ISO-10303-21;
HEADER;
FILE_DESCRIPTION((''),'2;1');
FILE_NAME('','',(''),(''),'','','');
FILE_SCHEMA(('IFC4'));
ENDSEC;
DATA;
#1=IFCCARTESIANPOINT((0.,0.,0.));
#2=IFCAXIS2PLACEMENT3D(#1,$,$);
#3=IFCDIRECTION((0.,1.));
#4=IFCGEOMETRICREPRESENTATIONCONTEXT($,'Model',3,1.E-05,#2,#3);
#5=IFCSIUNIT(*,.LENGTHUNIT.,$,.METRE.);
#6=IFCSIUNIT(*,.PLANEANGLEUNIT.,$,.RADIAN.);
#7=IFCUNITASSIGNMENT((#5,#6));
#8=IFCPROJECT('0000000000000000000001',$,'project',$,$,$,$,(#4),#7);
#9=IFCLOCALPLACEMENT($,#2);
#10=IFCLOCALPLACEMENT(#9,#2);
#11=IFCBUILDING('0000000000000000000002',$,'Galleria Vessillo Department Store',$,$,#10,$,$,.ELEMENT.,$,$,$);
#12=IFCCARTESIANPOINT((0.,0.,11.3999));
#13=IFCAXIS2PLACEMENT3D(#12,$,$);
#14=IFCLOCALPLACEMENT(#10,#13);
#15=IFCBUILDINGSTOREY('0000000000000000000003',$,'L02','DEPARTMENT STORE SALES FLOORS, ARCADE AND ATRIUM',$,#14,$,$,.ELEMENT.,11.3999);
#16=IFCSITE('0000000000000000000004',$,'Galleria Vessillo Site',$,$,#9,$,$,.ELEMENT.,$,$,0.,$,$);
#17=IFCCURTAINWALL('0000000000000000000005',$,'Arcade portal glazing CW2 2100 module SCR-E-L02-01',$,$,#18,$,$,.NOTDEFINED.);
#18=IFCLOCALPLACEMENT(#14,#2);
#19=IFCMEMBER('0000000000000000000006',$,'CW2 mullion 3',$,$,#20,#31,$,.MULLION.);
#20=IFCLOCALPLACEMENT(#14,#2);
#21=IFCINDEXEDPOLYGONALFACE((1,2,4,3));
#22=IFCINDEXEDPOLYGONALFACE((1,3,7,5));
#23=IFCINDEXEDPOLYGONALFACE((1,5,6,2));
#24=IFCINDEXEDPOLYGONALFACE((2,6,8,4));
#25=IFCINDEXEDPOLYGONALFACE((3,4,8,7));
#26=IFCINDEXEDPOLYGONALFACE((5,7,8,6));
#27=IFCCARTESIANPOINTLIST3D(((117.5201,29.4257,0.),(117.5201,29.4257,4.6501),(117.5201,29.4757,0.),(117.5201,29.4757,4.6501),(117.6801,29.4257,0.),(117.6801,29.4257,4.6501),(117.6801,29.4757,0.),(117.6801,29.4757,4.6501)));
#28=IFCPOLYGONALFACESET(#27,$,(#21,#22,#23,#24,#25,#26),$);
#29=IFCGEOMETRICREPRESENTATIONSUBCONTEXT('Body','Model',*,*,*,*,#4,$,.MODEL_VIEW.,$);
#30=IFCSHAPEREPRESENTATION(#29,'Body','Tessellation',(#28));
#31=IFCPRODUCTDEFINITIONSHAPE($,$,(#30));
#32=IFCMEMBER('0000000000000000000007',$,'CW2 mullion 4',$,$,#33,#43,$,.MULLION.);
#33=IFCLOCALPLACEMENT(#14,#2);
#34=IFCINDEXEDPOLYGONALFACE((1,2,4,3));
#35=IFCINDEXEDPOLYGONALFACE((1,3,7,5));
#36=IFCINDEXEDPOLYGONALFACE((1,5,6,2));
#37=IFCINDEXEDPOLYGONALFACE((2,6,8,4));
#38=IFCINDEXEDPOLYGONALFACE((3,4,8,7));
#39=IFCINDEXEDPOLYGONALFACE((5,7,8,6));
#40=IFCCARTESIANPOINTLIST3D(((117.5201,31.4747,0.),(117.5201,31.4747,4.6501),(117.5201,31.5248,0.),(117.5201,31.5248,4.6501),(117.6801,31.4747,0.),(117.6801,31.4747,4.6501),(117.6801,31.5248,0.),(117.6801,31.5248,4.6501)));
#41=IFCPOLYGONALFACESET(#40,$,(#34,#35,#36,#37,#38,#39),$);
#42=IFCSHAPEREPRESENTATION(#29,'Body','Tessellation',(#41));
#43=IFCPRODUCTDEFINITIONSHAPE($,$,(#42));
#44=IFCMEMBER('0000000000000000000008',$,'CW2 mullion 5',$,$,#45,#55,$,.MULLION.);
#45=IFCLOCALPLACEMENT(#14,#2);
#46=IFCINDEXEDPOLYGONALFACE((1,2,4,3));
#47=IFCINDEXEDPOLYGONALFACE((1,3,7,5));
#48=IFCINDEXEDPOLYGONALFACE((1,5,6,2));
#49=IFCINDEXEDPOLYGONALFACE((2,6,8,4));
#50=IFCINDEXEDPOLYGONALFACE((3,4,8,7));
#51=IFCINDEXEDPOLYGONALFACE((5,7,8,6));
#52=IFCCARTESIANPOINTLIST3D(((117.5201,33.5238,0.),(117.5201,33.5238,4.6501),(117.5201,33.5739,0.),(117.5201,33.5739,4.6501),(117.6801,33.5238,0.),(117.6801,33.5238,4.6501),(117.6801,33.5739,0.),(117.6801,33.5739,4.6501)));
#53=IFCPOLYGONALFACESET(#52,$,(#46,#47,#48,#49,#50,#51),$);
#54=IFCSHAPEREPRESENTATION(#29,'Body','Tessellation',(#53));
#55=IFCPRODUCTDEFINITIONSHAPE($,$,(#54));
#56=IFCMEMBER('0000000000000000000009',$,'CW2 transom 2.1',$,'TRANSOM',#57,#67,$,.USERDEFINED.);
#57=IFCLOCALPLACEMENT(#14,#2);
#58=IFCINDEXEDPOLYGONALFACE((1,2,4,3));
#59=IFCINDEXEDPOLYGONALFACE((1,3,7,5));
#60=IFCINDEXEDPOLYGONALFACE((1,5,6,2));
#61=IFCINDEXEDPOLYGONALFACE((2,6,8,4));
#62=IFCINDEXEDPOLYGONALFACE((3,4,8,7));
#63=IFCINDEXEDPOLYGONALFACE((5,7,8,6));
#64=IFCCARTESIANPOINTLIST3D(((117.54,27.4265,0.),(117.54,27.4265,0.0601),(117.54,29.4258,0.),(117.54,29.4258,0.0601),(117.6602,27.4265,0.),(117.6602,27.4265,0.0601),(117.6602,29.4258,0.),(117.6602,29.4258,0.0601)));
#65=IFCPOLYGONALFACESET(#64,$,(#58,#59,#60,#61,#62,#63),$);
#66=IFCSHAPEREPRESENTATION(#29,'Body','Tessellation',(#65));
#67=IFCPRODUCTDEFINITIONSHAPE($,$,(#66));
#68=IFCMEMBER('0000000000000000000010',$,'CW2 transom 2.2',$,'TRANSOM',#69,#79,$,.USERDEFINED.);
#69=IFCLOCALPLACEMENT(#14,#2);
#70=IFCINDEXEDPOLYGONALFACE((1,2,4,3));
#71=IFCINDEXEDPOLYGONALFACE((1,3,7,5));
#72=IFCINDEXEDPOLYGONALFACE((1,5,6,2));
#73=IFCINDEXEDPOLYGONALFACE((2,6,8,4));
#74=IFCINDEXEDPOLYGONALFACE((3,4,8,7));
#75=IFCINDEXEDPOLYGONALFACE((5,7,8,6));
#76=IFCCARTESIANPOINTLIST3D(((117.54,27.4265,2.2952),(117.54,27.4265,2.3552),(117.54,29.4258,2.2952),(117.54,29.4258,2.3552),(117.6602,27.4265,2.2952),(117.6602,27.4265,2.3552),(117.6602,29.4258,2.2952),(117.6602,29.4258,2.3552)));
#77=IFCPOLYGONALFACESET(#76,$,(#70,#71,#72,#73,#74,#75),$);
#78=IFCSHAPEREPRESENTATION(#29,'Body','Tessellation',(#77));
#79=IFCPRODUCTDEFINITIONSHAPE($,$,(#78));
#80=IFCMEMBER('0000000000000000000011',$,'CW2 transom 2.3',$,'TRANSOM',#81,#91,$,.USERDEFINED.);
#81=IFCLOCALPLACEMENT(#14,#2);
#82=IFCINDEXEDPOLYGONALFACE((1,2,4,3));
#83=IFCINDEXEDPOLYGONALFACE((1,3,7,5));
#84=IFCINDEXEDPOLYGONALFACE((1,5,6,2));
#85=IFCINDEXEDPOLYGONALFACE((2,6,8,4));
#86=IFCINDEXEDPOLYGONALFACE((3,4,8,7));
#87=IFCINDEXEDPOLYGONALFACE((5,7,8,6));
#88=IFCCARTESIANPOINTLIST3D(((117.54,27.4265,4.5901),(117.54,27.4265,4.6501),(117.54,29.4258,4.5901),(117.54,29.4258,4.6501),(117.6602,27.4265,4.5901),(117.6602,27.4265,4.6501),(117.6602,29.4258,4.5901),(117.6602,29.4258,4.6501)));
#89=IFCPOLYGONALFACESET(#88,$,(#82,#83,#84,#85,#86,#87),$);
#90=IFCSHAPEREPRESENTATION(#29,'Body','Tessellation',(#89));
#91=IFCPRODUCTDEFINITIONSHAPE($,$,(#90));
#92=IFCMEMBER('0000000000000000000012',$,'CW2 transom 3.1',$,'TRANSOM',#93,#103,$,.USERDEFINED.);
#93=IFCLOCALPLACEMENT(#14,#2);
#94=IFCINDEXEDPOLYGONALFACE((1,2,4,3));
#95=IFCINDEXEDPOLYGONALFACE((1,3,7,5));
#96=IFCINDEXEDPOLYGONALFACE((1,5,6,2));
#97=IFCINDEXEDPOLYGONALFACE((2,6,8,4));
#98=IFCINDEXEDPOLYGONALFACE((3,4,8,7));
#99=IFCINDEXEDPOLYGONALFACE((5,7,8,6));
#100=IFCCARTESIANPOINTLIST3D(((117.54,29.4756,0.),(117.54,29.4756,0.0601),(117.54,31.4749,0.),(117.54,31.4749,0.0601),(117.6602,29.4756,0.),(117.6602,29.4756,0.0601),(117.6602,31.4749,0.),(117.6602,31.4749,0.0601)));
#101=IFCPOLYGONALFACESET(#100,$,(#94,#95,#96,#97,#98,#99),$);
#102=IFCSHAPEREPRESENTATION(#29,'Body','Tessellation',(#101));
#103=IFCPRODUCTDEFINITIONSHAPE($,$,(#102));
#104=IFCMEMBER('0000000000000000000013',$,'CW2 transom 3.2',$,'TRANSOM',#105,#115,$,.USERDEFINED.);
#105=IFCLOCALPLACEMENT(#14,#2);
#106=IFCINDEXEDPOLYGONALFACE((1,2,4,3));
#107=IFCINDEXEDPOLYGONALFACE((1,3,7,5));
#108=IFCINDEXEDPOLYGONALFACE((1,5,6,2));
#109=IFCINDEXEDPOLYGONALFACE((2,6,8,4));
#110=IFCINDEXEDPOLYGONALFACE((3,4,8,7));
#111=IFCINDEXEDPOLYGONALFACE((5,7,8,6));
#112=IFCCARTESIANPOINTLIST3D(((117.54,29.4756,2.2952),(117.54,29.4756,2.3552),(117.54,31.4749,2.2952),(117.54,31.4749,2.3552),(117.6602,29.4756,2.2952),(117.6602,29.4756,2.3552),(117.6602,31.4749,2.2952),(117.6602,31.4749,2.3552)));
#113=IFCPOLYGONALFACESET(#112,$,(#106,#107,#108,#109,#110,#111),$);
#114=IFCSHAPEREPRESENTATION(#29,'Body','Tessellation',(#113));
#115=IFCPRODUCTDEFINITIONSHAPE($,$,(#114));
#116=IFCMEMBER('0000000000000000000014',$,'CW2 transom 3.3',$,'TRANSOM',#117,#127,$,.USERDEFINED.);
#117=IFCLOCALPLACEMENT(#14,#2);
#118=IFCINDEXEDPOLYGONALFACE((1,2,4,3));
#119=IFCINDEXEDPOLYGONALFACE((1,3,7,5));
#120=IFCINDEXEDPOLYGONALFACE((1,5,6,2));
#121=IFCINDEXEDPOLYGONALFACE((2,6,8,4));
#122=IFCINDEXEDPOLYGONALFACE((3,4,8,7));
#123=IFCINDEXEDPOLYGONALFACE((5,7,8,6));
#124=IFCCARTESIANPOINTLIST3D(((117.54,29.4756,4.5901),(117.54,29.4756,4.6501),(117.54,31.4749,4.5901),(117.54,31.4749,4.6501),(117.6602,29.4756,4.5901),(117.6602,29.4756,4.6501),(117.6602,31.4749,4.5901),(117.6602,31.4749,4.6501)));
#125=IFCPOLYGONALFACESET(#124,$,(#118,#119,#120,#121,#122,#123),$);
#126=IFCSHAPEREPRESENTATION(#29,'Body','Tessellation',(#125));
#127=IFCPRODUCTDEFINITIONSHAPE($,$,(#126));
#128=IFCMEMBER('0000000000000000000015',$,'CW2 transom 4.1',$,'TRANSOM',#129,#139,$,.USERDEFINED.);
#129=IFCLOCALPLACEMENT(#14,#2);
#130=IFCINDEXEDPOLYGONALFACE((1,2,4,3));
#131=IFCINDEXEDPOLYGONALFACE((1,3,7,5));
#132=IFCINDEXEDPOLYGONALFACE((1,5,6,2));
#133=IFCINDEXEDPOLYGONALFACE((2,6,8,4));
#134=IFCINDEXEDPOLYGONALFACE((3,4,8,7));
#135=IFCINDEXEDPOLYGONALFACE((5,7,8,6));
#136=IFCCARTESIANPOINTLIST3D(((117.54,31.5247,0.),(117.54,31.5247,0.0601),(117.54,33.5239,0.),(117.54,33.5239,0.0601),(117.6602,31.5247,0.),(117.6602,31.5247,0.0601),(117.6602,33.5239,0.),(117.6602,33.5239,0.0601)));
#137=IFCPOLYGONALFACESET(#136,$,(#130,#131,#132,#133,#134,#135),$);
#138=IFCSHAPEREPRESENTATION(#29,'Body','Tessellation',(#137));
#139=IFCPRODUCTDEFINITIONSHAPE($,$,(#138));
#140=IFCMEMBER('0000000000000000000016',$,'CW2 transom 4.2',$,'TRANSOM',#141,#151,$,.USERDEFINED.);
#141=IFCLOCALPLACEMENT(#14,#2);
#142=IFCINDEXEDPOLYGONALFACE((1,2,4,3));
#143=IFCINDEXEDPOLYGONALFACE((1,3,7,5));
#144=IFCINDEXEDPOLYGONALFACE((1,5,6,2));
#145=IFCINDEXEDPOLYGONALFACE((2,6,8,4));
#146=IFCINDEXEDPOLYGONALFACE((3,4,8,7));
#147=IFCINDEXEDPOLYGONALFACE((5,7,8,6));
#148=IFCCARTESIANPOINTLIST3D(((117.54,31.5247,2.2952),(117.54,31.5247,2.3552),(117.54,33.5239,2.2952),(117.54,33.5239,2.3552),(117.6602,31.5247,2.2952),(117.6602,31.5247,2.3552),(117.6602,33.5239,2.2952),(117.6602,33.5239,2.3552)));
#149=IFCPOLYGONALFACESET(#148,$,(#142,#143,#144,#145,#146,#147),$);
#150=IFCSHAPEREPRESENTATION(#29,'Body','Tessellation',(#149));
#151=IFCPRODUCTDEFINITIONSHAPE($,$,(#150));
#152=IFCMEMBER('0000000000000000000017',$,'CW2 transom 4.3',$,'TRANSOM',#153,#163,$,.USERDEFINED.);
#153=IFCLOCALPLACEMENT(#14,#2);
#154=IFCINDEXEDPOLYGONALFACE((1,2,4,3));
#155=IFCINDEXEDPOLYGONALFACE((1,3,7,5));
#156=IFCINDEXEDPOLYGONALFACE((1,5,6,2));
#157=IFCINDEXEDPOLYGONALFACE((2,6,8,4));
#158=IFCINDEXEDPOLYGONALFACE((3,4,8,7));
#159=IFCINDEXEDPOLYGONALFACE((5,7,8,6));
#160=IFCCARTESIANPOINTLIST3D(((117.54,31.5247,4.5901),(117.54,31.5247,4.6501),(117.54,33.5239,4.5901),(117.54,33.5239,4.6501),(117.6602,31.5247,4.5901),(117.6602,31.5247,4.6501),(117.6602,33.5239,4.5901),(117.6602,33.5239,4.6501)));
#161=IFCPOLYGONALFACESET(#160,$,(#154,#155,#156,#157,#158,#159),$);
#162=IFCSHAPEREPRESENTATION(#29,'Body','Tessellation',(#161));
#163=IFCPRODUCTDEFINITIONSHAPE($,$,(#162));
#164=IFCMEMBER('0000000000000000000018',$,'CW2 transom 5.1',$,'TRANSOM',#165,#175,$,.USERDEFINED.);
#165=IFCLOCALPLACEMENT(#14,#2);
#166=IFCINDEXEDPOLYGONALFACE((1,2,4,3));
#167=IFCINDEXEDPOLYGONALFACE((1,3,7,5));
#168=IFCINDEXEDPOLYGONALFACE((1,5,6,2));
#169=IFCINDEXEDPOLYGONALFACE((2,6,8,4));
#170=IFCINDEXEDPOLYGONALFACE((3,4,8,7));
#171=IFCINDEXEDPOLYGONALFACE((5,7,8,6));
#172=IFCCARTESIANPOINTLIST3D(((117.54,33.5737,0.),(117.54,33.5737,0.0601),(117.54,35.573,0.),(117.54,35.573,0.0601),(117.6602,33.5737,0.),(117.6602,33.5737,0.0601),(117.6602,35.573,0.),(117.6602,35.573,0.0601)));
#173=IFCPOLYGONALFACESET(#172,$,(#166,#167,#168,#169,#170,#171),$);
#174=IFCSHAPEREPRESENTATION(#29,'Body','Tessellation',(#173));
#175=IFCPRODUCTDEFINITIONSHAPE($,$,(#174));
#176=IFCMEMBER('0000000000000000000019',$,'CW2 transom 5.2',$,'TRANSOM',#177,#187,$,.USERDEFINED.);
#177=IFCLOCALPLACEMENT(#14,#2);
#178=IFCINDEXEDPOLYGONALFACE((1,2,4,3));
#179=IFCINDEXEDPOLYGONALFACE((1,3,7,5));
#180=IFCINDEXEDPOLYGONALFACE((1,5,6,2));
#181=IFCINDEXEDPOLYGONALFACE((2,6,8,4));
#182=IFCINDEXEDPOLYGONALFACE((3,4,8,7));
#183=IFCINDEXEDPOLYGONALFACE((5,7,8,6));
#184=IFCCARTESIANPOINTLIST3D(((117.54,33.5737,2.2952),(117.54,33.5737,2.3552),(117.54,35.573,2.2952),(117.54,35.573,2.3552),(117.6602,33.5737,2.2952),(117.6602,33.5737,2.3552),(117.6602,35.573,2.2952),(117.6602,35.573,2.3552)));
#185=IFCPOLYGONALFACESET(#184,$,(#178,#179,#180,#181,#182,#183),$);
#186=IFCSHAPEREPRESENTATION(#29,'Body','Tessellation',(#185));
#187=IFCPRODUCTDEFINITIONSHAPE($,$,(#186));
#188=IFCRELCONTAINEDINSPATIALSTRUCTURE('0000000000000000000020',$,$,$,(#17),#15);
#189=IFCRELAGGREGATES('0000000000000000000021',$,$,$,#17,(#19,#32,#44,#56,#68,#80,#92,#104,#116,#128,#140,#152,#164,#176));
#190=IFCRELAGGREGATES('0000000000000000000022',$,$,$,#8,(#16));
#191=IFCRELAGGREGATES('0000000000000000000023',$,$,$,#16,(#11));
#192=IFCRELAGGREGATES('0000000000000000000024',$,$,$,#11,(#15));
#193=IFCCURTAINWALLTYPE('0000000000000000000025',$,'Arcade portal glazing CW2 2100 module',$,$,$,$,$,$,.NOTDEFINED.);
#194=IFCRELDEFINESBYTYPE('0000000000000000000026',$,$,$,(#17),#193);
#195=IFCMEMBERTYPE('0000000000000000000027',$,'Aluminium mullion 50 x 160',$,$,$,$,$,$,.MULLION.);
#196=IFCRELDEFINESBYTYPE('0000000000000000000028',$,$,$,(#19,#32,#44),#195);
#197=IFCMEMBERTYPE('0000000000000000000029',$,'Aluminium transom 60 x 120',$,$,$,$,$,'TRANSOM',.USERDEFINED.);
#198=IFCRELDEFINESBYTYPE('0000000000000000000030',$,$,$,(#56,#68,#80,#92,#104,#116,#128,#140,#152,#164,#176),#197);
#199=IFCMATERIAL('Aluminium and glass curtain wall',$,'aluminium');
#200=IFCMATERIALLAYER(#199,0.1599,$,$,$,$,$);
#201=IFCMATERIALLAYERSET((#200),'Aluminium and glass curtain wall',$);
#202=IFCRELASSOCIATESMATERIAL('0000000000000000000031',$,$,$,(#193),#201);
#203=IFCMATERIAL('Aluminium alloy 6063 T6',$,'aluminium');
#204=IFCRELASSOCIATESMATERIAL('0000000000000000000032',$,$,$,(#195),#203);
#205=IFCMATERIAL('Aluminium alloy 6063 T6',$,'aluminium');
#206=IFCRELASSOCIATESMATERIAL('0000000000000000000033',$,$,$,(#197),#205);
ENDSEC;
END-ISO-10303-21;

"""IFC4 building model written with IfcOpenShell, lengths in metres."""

from ifc_helpers import new_model, si_unit, direction, frame, origin, origin_2d, place, context, subcontext, project, spatial, rectangle, extrude, material, layer, layer_set, material_profile, profile_set, type_object, element, aggregate, save


model = new_model("IFC4")

# Units and contexts
model_context = context("Model", 3, precision=1e-05, world=origin(), true_north=direction((0.0, 1.0)))
body_context = subcontext(model_context, "Body", "Model", "MODEL_VIEW")
ifc_project = project(units=[si_unit("LENGTHUNIT", "METRE"), si_unit("PLANEANGLEUNIT", "RADIAN")], contexts=[model_context])

# Site, building, storey
site_placement = place(None, origin())
site = spatial("IfcSite", under=ifc_project, at=site_placement, Name="Galleria Vessillo Site", CompositionType="ELEMENT", RefElevation=0.0)
building_placement = place(site_placement, origin())
building = spatial("IfcBuilding", under=site, at=building_placement, Name="Galleria Vessillo Department Store", CompositionType="ELEMENT")
storey_placement = place(building_placement, frame((0.0, 0.0, 11.3999)))
storey = spatial("IfcBuildingStorey", under=building, at=storey_placement, Name="L02", Description="DEPARTMENT STORE SALES FLOORS, ARCADE AND ATRIUM", CompositionType="ELEMENT", Elevation=11.3999)

# Curtain wall, members
ifc_material_1 = material(Name="Aluminium and glass curtain wall", Category="aluminium")
ifc_layer_1 = layer(ifc_material_1, 0.1599)
ifc_layer_set_1 = layer_set([ifc_layer_1], Name="Aluminium and glass curtain wall")
curtain_wall_type = type_object("IfcCurtainWallType", Name="Arcade portal glazing CW2 2100 module", PredefinedType="NOTDEFINED", material=ifc_layer_set_1)
curtain_wall_placement = place(storey_placement, origin())
curtain_wall = element("IfcCurtainWall", 1, at=curtain_wall_placement, inside=storey, type_object=curtain_wall_type, Name="Arcade portal glazing CW2 2100 module SCR-E-L02-01", PredefinedType="NOTDEFINED")
ifc_material_2 = material(Name="Aluminium alloy 6063 T6", Category="aluminium")
ifc_material_profile_1 = material_profile(ifc_material_2, rectangle(XDim=0.1599, YDim=0.05, at=origin_2d()), Name="AL 50x160")
ifc_profile_set_1 = profile_set([ifc_material_profile_1], Name="Aluminium alloy 6063 T6")
member_type_1 = type_object("IfcMemberType", Name="Aluminium mullion 50 x 160", PredefinedType="MULLION", material=ifc_profile_set_1)
member_1_placement = place(storey_placement, frame((117.6001, 29.4507, 0.0), z_axis=(0.0, 0.0, 1.0), x_axis=(-1.0, 0.0, 0.0)))
member_1 = element("IfcMember", 2, at=member_1_placement, type_object=member_type_1, Name="CW2 mullion 3", PredefinedType="MULLION", context=body_context, shape_type="SweptSolid", body=[
    extrude(rectangle(XDim=0.1599, YDim=0.05, at=origin_2d()), origin(), (0.0, 0.0, 1.0), 4.6501),
])
member_2_placement = place(storey_placement, frame((117.6001, 31.4998, 0.0), z_axis=(0.0, 0.0, 1.0), x_axis=(-1.0, 0.0, 0.0)))
member_2 = element("IfcMember", 3, at=member_2_placement, type_object=member_type_1, Name="CW2 mullion 4", PredefinedType="MULLION", context=body_context, shape_type="SweptSolid", body=[
    extrude(rectangle(XDim=0.1599, YDim=0.05, at=origin_2d()), origin(), (0.0, 0.0, 1.0), 4.6501),
])
member_3_placement = place(storey_placement, frame((117.6001, 33.5488, 0.0), z_axis=(0.0, 0.0, 1.0), x_axis=(-1.0, 0.0, 0.0)))
member_3 = element("IfcMember", 4, at=member_3_placement, type_object=member_type_1, Name="CW2 mullion 5", PredefinedType="MULLION", context=body_context, shape_type="SweptSolid", body=[
    extrude(rectangle(XDim=0.1599, YDim=0.05, at=origin_2d()), origin(), (0.0, 0.0, 1.0), 4.6501),
])
ifc_material_3 = material(Name="Aluminium alloy 6063 T6", Category="aluminium")
ifc_material_profile_2 = material_profile(ifc_material_3, rectangle(XDim=0.1201, YDim=0.0601, at=origin_2d()), Name="AL 60x120")
ifc_profile_set_2 = profile_set([ifc_material_profile_2], Name="Aluminium alloy 6063 T6")
member_type_2 = type_object("IfcMemberType", Name="Aluminium transom 60 x 120", ElementType="TRANSOM", PredefinedType="USERDEFINED", material=ifc_profile_set_2)
member_4_placement = place(storey_placement, frame((117.6001, 27.4265, 0.03), z_axis=(0.0, 1.0, 0.0), x_axis=(-1.0, 0.0, 0.0)))
member_4 = element("IfcMember", 5, at=member_4_placement, type_object=member_type_2, Name="CW2 transom 2.1", ObjectType="TRANSOM", PredefinedType="USERDEFINED", context=body_context, shape_type="SweptSolid", body=[
    extrude(rectangle(XDim=0.1201, YDim=0.0601, at=origin_2d()), origin(), (0.0, 0.0, 1.0), 1.9993),
])
member_5_placement = place(storey_placement, frame((117.6001, 27.4265, 2.3252), z_axis=(0.0, 1.0, 0.0), x_axis=(-1.0, 0.0, 0.0)))
member_5 = element("IfcMember", 6, at=member_5_placement, type_object=member_type_2, Name="CW2 transom 2.2", ObjectType="TRANSOM", PredefinedType="USERDEFINED", context=body_context, shape_type="SweptSolid", body=[
    extrude(rectangle(XDim=0.1201, YDim=0.0601, at=origin_2d()), origin(), (0.0, 0.0, 1.0), 1.9993),
])
member_6_placement = place(storey_placement, frame((117.6001, 27.4265, 4.6201), z_axis=(0.0, 1.0, 0.0), x_axis=(-1.0, 0.0, 0.0)))
member_6 = element("IfcMember", 7, at=member_6_placement, type_object=member_type_2, Name="CW2 transom 2.3", ObjectType="TRANSOM", PredefinedType="USERDEFINED", context=body_context, shape_type="SweptSolid", body=[
    extrude(rectangle(XDim=0.1201, YDim=0.0601, at=origin_2d()), origin(), (0.0, 0.0, 1.0), 1.9993),
])
member_7_placement = place(storey_placement, frame((117.6001, 29.4756, 0.03), z_axis=(0.0, 1.0, 0.0), x_axis=(-1.0, 0.0, 0.0)))
member_7 = element("IfcMember", 8, at=member_7_placement, type_object=member_type_2, Name="CW2 transom 3.1", ObjectType="TRANSOM", PredefinedType="USERDEFINED", context=body_context, shape_type="SweptSolid", body=[
    extrude(rectangle(XDim=0.1201, YDim=0.0601, at=origin_2d()), origin(), (0.0, 0.0, 1.0), 1.9993),
])
member_8_placement = place(storey_placement, frame((117.6001, 29.4756, 2.3252), z_axis=(0.0, 1.0, 0.0), x_axis=(-1.0, 0.0, 0.0)))
member_8 = element("IfcMember", 9, at=member_8_placement, type_object=member_type_2, Name="CW2 transom 3.2", ObjectType="TRANSOM", PredefinedType="USERDEFINED", context=body_context, shape_type="SweptSolid", body=[
    extrude(rectangle(XDim=0.1201, YDim=0.0601, at=origin_2d()), origin(), (0.0, 0.0, 1.0), 1.9993),
])
member_9_placement = place(storey_placement, frame((117.6001, 29.4756, 4.6201), z_axis=(0.0, 1.0, 0.0), x_axis=(-1.0, 0.0, 0.0)))
member_9 = element("IfcMember", 10, at=member_9_placement, type_object=member_type_2, Name="CW2 transom 3.3", ObjectType="TRANSOM", PredefinedType="USERDEFINED", context=body_context, shape_type="SweptSolid", body=[
    extrude(rectangle(XDim=0.1201, YDim=0.0601, at=origin_2d()), origin(), (0.0, 0.0, 1.0), 1.9993),
])
member_10_placement = place(storey_placement, frame((117.6001, 31.5247, 0.03), z_axis=(0.0, 1.0, 0.0), x_axis=(-1.0, 0.0, 0.0)))
member_10 = element("IfcMember", 11, at=member_10_placement, type_object=member_type_2, Name="CW2 transom 4.1", ObjectType="TRANSOM", PredefinedType="USERDEFINED", context=body_context, shape_type="SweptSolid", body=[
    extrude(rectangle(XDim=0.1201, YDim=0.0601, at=origin_2d()), origin(), (0.0, 0.0, 1.0), 1.9993),
])
member_11_placement = place(storey_placement, frame((117.6001, 31.5247, 2.3252), z_axis=(0.0, 1.0, 0.0), x_axis=(-1.0, 0.0, 0.0)))
member_11 = element("IfcMember", 12, at=member_11_placement, type_object=member_type_2, Name="CW2 transom 4.2", ObjectType="TRANSOM", PredefinedType="USERDEFINED", context=body_context, shape_type="SweptSolid", body=[
    extrude(rectangle(XDim=0.1201, YDim=0.0601, at=origin_2d()), origin(), (0.0, 0.0, 1.0), 1.9993),
])
member_12_placement = place(storey_placement, frame((117.6001, 31.5247, 4.6201), z_axis=(0.0, 1.0, 0.0), x_axis=(-1.0, 0.0, 0.0)))
member_12 = element("IfcMember", 13, at=member_12_placement, type_object=member_type_2, Name="CW2 transom 4.3", ObjectType="TRANSOM", PredefinedType="USERDEFINED", context=body_context, shape_type="SweptSolid", body=[
    extrude(rectangle(XDim=0.1201, YDim=0.0601, at=origin_2d()), origin(), (0.0, 0.0, 1.0), 1.9993),
])
member_13_placement = place(storey_placement, frame((117.6001, 33.5737, 0.03), z_axis=(0.0, 1.0, 0.0), x_axis=(-1.0, 0.0, 0.0)))
member_13 = element("IfcMember", 14, at=member_13_placement, type_object=member_type_2, Name="CW2 transom 5.1", ObjectType="TRANSOM", PredefinedType="USERDEFINED", context=body_context, shape_type="SweptSolid", body=[
    extrude(rectangle(XDim=0.1201, YDim=0.0601, at=origin_2d()), origin(), (0.0, 0.0, 1.0), 1.9993),
])
member_14_placement = place(storey_placement, frame((117.6001, 33.5737, 2.3252), z_axis=(0.0, 1.0, 0.0), x_axis=(-1.0, 0.0, 0.0)))
member_14 = element("IfcMember", 15, at=member_14_placement, type_object=member_type_2, Name="CW2 transom 5.2", ObjectType="TRANSOM", PredefinedType="USERDEFINED", context=body_context, shape_type="SweptSolid", body=[
    extrude(rectangle(XDim=0.1201, YDim=0.0601, at=origin_2d()), origin(), (0.0, 0.0, 1.0), 1.9993),
])
aggregate(curtain_wall, [member_1, member_2, member_3, member_4, member_5, member_6, member_7, member_8, member_9, member_10, member_11, member_12, member_13, member_14])

save(model, "model.ifc")
